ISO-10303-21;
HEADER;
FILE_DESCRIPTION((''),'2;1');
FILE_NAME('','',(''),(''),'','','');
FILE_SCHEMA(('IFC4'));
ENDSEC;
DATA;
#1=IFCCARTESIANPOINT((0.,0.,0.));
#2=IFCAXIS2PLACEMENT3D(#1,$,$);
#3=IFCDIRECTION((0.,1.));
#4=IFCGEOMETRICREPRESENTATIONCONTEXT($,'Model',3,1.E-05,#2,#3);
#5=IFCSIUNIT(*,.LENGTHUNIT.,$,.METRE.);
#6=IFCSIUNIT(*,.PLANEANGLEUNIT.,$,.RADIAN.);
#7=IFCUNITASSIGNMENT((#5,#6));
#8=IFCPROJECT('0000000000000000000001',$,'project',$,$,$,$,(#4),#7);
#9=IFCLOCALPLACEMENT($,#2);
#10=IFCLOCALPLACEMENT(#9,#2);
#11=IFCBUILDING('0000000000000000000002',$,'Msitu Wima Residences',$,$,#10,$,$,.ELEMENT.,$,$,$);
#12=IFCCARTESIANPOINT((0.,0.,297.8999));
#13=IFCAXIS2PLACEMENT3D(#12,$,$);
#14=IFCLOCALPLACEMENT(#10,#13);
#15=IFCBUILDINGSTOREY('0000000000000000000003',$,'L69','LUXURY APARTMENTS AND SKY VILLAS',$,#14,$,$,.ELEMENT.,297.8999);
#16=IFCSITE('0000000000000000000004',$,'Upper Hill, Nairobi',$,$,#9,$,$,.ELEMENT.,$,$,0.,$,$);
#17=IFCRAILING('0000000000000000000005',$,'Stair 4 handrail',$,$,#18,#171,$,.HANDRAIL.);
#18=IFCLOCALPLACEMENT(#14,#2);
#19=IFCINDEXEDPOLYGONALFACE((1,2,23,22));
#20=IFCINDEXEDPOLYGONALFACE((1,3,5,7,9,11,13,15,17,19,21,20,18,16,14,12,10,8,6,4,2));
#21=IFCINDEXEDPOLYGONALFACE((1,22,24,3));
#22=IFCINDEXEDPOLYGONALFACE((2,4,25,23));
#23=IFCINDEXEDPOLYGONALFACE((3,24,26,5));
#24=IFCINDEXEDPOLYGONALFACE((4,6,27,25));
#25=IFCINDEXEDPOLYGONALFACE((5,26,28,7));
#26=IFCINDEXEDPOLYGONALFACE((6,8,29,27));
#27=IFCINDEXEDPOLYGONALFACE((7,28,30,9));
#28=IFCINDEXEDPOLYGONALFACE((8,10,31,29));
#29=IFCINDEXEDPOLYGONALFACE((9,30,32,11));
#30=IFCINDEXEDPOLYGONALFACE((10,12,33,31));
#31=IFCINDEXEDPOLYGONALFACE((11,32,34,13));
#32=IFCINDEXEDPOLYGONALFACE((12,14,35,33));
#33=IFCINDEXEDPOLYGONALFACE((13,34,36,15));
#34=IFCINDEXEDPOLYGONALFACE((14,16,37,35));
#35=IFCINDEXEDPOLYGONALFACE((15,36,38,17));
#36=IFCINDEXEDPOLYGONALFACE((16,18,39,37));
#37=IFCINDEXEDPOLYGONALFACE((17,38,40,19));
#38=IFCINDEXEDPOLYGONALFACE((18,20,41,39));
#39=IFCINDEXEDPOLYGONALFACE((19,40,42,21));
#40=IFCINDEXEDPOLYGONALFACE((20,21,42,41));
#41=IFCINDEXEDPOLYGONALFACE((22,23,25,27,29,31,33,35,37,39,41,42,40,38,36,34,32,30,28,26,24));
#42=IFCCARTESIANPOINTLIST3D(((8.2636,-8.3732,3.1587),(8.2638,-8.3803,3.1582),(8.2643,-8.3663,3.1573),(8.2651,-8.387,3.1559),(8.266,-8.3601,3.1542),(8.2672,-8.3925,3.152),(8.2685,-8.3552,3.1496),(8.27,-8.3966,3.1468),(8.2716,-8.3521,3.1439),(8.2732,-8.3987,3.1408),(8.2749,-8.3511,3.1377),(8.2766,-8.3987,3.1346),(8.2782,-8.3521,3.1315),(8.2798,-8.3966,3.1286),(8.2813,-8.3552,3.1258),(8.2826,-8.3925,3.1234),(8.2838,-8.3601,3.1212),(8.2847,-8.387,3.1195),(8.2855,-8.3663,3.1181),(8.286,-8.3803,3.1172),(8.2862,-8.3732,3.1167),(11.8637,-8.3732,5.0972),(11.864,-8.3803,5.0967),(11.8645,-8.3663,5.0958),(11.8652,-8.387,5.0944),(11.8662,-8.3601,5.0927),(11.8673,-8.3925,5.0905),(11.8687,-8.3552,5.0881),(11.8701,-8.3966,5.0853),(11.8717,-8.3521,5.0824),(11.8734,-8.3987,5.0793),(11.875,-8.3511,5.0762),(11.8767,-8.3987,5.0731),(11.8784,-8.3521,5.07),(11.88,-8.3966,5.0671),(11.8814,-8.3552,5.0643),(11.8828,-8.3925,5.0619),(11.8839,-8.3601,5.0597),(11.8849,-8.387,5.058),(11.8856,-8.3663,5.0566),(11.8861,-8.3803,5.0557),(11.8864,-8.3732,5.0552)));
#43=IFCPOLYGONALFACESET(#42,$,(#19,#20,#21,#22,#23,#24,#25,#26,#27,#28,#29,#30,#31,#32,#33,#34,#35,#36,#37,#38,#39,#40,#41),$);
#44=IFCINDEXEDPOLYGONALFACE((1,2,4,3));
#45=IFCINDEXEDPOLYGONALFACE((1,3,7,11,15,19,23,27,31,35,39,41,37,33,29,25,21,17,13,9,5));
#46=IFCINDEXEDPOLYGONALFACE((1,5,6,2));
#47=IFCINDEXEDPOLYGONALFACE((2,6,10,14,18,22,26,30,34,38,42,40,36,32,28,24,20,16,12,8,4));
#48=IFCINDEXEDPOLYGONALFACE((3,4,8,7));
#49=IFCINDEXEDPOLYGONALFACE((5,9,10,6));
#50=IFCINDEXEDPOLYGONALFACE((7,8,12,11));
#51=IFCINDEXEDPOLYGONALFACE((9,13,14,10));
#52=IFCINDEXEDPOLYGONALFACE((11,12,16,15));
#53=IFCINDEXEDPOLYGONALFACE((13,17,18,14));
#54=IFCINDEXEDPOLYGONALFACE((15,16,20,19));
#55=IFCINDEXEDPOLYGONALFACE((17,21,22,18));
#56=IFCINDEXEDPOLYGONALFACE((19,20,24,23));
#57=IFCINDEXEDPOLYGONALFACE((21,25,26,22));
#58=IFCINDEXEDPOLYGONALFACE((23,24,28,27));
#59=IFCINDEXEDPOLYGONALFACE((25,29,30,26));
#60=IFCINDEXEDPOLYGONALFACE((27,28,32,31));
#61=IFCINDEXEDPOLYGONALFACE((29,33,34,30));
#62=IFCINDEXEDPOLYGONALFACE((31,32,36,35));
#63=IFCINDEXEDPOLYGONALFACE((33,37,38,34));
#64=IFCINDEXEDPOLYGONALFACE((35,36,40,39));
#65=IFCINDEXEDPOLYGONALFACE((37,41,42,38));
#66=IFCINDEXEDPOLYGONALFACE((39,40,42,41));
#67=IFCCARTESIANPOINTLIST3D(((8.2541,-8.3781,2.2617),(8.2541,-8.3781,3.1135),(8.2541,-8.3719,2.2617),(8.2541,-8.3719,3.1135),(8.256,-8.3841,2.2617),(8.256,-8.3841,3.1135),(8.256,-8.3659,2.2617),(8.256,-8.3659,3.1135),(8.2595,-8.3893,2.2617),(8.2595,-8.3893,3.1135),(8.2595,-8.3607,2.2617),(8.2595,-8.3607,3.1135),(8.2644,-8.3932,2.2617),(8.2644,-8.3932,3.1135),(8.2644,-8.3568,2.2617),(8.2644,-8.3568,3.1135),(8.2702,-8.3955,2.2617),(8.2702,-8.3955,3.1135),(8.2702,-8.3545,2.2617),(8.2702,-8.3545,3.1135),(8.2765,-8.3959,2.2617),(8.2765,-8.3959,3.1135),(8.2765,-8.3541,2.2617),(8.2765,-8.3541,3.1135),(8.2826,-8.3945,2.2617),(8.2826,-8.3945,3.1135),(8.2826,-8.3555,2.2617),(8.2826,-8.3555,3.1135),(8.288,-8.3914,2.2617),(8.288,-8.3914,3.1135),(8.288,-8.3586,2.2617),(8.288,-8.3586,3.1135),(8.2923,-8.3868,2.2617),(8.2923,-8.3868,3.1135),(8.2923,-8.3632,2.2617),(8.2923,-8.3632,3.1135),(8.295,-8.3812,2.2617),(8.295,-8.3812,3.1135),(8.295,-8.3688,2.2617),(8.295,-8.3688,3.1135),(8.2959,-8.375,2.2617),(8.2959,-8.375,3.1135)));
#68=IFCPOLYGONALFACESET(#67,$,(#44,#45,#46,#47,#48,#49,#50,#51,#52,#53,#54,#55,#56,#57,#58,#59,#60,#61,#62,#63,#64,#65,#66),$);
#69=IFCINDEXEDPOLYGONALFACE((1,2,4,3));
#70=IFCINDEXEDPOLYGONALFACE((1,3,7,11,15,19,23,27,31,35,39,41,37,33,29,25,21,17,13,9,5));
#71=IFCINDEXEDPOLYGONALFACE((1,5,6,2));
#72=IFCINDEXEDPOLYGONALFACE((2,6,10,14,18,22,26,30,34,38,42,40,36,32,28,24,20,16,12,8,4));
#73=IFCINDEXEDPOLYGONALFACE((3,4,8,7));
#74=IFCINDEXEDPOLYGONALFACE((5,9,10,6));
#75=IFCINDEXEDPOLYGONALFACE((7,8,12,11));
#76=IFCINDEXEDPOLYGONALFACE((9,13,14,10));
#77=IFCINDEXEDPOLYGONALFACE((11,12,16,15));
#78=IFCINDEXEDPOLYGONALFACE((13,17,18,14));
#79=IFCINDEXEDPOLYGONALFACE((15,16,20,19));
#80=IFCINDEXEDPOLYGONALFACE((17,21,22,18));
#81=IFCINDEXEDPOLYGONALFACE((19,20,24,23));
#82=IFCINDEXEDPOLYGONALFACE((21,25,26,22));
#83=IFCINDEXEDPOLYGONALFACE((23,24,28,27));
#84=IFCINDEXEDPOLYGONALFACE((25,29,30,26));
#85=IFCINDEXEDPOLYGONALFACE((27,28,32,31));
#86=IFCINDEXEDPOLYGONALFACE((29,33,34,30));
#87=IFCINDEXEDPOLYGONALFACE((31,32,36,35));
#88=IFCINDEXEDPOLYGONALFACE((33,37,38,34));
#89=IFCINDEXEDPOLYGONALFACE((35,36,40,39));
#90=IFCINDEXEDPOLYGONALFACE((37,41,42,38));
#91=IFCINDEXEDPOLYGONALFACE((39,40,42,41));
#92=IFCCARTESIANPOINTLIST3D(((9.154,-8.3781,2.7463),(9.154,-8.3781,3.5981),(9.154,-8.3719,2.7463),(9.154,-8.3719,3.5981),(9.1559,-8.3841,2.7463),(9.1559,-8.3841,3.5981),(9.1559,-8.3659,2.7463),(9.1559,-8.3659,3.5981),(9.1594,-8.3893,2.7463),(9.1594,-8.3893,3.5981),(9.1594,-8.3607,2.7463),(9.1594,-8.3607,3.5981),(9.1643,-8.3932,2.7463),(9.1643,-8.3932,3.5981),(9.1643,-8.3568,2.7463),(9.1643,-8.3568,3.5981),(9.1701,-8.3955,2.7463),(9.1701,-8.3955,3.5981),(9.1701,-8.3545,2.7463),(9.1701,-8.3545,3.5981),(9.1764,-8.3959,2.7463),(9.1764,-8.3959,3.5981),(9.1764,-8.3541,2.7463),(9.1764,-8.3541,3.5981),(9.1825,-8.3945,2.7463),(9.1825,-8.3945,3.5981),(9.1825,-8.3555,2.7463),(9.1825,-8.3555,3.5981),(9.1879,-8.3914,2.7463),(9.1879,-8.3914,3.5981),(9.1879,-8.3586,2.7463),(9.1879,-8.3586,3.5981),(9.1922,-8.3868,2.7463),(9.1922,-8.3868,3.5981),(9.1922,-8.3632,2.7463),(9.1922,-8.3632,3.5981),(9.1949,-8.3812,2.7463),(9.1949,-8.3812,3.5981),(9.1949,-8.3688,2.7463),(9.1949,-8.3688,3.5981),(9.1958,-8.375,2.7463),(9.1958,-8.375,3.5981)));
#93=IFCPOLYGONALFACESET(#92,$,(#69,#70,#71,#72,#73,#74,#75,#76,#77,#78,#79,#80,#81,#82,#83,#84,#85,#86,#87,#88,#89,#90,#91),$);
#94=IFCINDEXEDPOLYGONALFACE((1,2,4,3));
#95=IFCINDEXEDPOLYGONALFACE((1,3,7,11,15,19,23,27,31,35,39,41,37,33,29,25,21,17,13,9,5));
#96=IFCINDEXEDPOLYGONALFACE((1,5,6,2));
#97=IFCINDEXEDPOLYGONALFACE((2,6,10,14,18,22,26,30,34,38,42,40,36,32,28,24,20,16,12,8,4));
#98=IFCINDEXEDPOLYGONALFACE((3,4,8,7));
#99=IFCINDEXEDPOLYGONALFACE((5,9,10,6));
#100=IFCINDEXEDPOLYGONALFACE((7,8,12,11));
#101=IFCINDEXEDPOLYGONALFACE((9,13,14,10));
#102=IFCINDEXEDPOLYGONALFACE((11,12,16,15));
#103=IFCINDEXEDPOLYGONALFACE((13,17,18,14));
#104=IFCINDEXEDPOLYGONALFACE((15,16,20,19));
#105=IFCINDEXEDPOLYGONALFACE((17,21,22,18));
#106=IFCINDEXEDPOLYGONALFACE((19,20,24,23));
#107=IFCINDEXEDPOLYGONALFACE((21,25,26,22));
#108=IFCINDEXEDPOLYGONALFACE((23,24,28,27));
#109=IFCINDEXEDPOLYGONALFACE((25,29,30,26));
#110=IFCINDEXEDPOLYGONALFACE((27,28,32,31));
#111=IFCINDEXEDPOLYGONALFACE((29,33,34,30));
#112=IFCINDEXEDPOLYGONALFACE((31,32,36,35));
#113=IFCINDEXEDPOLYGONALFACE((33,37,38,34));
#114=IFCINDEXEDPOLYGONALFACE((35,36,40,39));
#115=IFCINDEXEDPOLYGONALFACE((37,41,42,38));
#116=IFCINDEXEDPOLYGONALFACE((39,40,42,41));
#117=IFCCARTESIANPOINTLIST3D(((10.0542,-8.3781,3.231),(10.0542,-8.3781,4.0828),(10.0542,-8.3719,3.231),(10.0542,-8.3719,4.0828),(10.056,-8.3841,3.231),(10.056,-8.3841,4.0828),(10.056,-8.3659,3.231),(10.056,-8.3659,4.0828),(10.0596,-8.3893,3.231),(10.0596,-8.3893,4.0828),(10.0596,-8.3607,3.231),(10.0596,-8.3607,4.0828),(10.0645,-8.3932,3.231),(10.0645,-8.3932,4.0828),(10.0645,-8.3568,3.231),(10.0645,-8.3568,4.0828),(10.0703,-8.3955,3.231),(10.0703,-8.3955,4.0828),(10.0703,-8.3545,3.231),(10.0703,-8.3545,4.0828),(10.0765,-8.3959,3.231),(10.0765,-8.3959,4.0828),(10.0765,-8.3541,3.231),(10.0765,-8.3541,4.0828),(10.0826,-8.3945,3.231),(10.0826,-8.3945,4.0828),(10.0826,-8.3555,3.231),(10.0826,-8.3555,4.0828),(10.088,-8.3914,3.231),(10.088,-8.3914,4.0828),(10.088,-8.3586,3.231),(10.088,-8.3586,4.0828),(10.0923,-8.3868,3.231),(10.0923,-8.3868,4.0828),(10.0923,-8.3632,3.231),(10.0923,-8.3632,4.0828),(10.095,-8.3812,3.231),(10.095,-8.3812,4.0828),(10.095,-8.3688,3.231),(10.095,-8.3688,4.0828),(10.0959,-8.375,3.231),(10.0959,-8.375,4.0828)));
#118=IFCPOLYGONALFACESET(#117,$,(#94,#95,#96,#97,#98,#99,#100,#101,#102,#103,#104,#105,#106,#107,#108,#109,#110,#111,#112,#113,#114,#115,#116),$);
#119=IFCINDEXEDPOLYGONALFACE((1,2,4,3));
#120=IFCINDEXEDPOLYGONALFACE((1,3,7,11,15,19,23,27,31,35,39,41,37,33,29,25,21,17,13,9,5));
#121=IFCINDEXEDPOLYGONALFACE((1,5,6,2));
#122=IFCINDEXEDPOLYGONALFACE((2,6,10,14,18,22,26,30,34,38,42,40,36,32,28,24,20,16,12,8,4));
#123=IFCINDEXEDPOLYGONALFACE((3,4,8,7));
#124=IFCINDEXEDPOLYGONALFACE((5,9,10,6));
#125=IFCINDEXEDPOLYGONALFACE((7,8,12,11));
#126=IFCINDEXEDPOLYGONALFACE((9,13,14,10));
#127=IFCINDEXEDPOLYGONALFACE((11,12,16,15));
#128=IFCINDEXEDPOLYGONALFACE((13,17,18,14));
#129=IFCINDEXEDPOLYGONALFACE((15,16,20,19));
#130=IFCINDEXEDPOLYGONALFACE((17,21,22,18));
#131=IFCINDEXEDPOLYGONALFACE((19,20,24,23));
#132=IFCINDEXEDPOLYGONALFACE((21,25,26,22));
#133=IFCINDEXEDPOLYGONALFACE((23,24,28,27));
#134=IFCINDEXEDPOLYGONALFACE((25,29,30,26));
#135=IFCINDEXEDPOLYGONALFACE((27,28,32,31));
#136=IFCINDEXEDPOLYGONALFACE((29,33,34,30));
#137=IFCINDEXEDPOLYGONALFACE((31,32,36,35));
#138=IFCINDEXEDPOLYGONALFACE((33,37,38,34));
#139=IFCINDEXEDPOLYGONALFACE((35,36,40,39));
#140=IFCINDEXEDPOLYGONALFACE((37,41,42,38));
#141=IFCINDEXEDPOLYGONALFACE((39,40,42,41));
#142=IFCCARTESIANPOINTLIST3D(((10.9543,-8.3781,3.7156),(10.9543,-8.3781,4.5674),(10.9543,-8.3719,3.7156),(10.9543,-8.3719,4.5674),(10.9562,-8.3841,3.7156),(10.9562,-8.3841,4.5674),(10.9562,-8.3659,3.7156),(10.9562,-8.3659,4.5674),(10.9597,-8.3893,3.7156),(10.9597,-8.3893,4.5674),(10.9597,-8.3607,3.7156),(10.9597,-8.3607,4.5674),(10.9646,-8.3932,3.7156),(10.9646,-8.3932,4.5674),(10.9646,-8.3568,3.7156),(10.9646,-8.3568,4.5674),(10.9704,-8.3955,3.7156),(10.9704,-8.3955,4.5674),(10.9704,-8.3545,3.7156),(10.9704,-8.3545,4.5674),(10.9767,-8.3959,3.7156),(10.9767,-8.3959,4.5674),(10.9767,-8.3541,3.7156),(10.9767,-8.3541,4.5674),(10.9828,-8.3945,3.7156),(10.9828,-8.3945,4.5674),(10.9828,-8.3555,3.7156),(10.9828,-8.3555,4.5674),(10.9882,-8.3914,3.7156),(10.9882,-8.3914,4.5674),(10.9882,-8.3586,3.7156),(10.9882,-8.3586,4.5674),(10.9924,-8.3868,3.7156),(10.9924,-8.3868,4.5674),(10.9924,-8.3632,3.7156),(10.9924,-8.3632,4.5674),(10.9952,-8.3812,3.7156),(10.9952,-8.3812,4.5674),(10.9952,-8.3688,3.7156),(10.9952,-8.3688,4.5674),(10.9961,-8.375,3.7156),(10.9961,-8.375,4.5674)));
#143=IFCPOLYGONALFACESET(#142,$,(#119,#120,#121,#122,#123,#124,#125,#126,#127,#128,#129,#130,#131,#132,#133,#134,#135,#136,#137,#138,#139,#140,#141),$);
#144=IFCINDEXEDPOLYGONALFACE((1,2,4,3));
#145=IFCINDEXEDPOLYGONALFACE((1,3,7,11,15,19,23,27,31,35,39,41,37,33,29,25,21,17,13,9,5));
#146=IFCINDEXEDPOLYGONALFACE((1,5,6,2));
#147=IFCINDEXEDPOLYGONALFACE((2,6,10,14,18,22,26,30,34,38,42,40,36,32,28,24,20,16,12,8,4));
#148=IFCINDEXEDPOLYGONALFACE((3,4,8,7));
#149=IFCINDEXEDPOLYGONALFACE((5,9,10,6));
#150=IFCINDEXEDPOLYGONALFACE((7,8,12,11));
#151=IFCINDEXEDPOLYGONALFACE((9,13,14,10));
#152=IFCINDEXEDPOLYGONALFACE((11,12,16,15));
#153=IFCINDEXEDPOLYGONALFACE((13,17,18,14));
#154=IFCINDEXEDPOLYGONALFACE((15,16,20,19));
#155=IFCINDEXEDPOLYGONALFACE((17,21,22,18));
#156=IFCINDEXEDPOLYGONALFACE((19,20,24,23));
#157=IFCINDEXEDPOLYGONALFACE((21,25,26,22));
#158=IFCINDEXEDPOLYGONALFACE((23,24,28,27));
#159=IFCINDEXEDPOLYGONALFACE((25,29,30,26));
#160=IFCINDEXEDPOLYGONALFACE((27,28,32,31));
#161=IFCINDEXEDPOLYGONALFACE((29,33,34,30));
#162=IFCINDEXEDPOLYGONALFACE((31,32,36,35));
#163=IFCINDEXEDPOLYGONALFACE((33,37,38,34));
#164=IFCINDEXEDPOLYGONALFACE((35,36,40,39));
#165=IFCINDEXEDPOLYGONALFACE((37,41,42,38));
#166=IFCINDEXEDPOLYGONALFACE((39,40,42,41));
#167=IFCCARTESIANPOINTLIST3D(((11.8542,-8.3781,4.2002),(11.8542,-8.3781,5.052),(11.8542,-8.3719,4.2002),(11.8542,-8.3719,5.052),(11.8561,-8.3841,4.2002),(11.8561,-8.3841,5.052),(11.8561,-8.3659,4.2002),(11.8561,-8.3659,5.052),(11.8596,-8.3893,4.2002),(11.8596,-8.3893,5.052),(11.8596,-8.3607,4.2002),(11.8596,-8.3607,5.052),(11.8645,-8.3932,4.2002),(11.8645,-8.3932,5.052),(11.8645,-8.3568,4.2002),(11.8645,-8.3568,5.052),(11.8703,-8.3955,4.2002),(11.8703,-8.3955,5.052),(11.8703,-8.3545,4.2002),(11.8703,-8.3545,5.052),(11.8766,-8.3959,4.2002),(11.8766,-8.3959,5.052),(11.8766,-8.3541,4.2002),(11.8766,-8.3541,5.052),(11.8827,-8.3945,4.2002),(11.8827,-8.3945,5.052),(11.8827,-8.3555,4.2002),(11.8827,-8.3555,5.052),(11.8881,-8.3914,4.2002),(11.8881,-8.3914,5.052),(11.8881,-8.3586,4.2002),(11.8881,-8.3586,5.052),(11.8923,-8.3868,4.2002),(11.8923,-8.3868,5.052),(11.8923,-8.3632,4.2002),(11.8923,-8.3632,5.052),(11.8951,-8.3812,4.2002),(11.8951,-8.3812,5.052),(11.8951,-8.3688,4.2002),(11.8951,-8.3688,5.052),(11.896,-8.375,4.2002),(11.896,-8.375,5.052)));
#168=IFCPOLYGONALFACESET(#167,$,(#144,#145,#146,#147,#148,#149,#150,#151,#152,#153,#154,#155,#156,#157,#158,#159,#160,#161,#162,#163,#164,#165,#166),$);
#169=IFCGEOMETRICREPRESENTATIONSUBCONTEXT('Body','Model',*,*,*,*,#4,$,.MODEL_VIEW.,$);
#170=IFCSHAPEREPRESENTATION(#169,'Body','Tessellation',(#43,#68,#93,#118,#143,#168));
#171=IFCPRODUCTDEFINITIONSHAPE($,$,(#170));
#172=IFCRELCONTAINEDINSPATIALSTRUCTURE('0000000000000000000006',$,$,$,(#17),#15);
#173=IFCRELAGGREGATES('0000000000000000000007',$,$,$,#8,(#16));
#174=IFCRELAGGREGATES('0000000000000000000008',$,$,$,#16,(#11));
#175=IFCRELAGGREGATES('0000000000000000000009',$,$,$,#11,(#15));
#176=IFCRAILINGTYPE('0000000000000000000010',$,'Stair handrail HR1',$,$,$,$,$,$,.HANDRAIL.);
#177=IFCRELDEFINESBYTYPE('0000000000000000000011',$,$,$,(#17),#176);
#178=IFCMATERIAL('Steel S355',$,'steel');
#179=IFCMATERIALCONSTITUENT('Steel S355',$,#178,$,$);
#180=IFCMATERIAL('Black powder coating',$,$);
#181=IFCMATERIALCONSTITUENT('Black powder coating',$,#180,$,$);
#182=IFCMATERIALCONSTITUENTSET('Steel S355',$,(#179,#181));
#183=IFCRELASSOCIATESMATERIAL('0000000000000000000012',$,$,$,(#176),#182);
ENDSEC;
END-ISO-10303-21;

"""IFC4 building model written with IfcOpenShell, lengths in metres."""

from ifc_helpers import new_model, si_unit, direction, frame, origin, origin_2d, place, context, subcontext, project, spatial, circle, extrude, material, constituent, constituent_set, type_object, element, save


model = new_model("IFC4")

# Units and contexts
model_context = context("Model", 3, precision=1e-05, world=origin(), true_north=direction((0.0, 1.0)))
body_context = subcontext(model_context, "Body", "Model", "MODEL_VIEW")
ifc_project = project(units=[si_unit("LENGTHUNIT", "METRE"), si_unit("PLANEANGLEUNIT", "RADIAN")], contexts=[model_context])

# Site, building, storey
site_placement = place(None, origin())
site = spatial("IfcSite", under=ifc_project, at=site_placement, Name="Upper Hill, Nairobi", CompositionType="ELEMENT", RefElevation=0.0)
building_placement = place(site_placement, origin())
building = spatial("IfcBuilding", under=site, at=building_placement, Name="Msitu Wima Residences", CompositionType="ELEMENT")
storey_placement = place(building_placement, frame((0.0, 0.0, 297.8999)))
storey = spatial("IfcBuildingStorey", under=building, at=storey_placement, Name="L69", Description="LUXURY APARTMENTS AND SKY VILLAS", CompositionType="ELEMENT", Elevation=297.8999)

# Railing
ifc_material_1 = material(Name="Steel S355", Category="steel")
ifc_constituent_1 = constituent(ifc_material_1, Name="Steel S355")
ifc_material_2 = material(Name="Black powder coating")
ifc_constituent_2 = constituent(ifc_material_2, Name="Black powder coating")
ifc_constituent_set = constituent_set(constituents=[ifc_constituent_1, ifc_constituent_2], Name="Steel S355")
railing_type = type_object("IfcRailingType", Name="Stair handrail HR1", PredefinedType="HANDRAIL", material=ifc_constituent_set)
for number, where, name in (
    (1, (8.2749, -8.375, 2.2617), "Stair 4 handrail"),
):
    element("IfcRailing", number, at=place(storey_placement, frame(where)), inside=storey, type_object=railing_type, Name=name, PredefinedType="HANDRAIL", context=body_context, shape_type="SweptSolid", body=[
        extrude(circle(Radius=0.0239, at=origin_2d()), frame((0.0, 0.0, 0.876), z_axis=(0.880475, 0.0, 0.474093), x_axis=(0.0, 1.0, 0.0)), (0.0, 0.0, 1.0), 4.0889),
        extrude(circle(Radius=0.021, at=origin_2d()), origin(), (0.0, 0.0, 1.0), 0.8518),
        extrude(circle(Radius=0.021, at=origin_2d()), frame((0.8999, 0.0, 0.4846)), (0.0, 0.0, 1.0), 0.8518),
        extrude(circle(Radius=0.021, at=origin_2d()), frame((1.8, 0.0, 0.9692)), (0.0, 0.0, 1.0), 0.8518),
        extrude(circle(Radius=0.021, at=origin_2d()), frame((2.7002, 0.0, 1.4539)), (0.0, 0.0, 1.0), 0.8518),
        extrude(circle(Radius=0.021, at=origin_2d()), frame((3.6001, 0.0, 1.9385)), (0.0, 0.0, 1.0), 0.8518),
    ])

save(model, "model.ifc")
